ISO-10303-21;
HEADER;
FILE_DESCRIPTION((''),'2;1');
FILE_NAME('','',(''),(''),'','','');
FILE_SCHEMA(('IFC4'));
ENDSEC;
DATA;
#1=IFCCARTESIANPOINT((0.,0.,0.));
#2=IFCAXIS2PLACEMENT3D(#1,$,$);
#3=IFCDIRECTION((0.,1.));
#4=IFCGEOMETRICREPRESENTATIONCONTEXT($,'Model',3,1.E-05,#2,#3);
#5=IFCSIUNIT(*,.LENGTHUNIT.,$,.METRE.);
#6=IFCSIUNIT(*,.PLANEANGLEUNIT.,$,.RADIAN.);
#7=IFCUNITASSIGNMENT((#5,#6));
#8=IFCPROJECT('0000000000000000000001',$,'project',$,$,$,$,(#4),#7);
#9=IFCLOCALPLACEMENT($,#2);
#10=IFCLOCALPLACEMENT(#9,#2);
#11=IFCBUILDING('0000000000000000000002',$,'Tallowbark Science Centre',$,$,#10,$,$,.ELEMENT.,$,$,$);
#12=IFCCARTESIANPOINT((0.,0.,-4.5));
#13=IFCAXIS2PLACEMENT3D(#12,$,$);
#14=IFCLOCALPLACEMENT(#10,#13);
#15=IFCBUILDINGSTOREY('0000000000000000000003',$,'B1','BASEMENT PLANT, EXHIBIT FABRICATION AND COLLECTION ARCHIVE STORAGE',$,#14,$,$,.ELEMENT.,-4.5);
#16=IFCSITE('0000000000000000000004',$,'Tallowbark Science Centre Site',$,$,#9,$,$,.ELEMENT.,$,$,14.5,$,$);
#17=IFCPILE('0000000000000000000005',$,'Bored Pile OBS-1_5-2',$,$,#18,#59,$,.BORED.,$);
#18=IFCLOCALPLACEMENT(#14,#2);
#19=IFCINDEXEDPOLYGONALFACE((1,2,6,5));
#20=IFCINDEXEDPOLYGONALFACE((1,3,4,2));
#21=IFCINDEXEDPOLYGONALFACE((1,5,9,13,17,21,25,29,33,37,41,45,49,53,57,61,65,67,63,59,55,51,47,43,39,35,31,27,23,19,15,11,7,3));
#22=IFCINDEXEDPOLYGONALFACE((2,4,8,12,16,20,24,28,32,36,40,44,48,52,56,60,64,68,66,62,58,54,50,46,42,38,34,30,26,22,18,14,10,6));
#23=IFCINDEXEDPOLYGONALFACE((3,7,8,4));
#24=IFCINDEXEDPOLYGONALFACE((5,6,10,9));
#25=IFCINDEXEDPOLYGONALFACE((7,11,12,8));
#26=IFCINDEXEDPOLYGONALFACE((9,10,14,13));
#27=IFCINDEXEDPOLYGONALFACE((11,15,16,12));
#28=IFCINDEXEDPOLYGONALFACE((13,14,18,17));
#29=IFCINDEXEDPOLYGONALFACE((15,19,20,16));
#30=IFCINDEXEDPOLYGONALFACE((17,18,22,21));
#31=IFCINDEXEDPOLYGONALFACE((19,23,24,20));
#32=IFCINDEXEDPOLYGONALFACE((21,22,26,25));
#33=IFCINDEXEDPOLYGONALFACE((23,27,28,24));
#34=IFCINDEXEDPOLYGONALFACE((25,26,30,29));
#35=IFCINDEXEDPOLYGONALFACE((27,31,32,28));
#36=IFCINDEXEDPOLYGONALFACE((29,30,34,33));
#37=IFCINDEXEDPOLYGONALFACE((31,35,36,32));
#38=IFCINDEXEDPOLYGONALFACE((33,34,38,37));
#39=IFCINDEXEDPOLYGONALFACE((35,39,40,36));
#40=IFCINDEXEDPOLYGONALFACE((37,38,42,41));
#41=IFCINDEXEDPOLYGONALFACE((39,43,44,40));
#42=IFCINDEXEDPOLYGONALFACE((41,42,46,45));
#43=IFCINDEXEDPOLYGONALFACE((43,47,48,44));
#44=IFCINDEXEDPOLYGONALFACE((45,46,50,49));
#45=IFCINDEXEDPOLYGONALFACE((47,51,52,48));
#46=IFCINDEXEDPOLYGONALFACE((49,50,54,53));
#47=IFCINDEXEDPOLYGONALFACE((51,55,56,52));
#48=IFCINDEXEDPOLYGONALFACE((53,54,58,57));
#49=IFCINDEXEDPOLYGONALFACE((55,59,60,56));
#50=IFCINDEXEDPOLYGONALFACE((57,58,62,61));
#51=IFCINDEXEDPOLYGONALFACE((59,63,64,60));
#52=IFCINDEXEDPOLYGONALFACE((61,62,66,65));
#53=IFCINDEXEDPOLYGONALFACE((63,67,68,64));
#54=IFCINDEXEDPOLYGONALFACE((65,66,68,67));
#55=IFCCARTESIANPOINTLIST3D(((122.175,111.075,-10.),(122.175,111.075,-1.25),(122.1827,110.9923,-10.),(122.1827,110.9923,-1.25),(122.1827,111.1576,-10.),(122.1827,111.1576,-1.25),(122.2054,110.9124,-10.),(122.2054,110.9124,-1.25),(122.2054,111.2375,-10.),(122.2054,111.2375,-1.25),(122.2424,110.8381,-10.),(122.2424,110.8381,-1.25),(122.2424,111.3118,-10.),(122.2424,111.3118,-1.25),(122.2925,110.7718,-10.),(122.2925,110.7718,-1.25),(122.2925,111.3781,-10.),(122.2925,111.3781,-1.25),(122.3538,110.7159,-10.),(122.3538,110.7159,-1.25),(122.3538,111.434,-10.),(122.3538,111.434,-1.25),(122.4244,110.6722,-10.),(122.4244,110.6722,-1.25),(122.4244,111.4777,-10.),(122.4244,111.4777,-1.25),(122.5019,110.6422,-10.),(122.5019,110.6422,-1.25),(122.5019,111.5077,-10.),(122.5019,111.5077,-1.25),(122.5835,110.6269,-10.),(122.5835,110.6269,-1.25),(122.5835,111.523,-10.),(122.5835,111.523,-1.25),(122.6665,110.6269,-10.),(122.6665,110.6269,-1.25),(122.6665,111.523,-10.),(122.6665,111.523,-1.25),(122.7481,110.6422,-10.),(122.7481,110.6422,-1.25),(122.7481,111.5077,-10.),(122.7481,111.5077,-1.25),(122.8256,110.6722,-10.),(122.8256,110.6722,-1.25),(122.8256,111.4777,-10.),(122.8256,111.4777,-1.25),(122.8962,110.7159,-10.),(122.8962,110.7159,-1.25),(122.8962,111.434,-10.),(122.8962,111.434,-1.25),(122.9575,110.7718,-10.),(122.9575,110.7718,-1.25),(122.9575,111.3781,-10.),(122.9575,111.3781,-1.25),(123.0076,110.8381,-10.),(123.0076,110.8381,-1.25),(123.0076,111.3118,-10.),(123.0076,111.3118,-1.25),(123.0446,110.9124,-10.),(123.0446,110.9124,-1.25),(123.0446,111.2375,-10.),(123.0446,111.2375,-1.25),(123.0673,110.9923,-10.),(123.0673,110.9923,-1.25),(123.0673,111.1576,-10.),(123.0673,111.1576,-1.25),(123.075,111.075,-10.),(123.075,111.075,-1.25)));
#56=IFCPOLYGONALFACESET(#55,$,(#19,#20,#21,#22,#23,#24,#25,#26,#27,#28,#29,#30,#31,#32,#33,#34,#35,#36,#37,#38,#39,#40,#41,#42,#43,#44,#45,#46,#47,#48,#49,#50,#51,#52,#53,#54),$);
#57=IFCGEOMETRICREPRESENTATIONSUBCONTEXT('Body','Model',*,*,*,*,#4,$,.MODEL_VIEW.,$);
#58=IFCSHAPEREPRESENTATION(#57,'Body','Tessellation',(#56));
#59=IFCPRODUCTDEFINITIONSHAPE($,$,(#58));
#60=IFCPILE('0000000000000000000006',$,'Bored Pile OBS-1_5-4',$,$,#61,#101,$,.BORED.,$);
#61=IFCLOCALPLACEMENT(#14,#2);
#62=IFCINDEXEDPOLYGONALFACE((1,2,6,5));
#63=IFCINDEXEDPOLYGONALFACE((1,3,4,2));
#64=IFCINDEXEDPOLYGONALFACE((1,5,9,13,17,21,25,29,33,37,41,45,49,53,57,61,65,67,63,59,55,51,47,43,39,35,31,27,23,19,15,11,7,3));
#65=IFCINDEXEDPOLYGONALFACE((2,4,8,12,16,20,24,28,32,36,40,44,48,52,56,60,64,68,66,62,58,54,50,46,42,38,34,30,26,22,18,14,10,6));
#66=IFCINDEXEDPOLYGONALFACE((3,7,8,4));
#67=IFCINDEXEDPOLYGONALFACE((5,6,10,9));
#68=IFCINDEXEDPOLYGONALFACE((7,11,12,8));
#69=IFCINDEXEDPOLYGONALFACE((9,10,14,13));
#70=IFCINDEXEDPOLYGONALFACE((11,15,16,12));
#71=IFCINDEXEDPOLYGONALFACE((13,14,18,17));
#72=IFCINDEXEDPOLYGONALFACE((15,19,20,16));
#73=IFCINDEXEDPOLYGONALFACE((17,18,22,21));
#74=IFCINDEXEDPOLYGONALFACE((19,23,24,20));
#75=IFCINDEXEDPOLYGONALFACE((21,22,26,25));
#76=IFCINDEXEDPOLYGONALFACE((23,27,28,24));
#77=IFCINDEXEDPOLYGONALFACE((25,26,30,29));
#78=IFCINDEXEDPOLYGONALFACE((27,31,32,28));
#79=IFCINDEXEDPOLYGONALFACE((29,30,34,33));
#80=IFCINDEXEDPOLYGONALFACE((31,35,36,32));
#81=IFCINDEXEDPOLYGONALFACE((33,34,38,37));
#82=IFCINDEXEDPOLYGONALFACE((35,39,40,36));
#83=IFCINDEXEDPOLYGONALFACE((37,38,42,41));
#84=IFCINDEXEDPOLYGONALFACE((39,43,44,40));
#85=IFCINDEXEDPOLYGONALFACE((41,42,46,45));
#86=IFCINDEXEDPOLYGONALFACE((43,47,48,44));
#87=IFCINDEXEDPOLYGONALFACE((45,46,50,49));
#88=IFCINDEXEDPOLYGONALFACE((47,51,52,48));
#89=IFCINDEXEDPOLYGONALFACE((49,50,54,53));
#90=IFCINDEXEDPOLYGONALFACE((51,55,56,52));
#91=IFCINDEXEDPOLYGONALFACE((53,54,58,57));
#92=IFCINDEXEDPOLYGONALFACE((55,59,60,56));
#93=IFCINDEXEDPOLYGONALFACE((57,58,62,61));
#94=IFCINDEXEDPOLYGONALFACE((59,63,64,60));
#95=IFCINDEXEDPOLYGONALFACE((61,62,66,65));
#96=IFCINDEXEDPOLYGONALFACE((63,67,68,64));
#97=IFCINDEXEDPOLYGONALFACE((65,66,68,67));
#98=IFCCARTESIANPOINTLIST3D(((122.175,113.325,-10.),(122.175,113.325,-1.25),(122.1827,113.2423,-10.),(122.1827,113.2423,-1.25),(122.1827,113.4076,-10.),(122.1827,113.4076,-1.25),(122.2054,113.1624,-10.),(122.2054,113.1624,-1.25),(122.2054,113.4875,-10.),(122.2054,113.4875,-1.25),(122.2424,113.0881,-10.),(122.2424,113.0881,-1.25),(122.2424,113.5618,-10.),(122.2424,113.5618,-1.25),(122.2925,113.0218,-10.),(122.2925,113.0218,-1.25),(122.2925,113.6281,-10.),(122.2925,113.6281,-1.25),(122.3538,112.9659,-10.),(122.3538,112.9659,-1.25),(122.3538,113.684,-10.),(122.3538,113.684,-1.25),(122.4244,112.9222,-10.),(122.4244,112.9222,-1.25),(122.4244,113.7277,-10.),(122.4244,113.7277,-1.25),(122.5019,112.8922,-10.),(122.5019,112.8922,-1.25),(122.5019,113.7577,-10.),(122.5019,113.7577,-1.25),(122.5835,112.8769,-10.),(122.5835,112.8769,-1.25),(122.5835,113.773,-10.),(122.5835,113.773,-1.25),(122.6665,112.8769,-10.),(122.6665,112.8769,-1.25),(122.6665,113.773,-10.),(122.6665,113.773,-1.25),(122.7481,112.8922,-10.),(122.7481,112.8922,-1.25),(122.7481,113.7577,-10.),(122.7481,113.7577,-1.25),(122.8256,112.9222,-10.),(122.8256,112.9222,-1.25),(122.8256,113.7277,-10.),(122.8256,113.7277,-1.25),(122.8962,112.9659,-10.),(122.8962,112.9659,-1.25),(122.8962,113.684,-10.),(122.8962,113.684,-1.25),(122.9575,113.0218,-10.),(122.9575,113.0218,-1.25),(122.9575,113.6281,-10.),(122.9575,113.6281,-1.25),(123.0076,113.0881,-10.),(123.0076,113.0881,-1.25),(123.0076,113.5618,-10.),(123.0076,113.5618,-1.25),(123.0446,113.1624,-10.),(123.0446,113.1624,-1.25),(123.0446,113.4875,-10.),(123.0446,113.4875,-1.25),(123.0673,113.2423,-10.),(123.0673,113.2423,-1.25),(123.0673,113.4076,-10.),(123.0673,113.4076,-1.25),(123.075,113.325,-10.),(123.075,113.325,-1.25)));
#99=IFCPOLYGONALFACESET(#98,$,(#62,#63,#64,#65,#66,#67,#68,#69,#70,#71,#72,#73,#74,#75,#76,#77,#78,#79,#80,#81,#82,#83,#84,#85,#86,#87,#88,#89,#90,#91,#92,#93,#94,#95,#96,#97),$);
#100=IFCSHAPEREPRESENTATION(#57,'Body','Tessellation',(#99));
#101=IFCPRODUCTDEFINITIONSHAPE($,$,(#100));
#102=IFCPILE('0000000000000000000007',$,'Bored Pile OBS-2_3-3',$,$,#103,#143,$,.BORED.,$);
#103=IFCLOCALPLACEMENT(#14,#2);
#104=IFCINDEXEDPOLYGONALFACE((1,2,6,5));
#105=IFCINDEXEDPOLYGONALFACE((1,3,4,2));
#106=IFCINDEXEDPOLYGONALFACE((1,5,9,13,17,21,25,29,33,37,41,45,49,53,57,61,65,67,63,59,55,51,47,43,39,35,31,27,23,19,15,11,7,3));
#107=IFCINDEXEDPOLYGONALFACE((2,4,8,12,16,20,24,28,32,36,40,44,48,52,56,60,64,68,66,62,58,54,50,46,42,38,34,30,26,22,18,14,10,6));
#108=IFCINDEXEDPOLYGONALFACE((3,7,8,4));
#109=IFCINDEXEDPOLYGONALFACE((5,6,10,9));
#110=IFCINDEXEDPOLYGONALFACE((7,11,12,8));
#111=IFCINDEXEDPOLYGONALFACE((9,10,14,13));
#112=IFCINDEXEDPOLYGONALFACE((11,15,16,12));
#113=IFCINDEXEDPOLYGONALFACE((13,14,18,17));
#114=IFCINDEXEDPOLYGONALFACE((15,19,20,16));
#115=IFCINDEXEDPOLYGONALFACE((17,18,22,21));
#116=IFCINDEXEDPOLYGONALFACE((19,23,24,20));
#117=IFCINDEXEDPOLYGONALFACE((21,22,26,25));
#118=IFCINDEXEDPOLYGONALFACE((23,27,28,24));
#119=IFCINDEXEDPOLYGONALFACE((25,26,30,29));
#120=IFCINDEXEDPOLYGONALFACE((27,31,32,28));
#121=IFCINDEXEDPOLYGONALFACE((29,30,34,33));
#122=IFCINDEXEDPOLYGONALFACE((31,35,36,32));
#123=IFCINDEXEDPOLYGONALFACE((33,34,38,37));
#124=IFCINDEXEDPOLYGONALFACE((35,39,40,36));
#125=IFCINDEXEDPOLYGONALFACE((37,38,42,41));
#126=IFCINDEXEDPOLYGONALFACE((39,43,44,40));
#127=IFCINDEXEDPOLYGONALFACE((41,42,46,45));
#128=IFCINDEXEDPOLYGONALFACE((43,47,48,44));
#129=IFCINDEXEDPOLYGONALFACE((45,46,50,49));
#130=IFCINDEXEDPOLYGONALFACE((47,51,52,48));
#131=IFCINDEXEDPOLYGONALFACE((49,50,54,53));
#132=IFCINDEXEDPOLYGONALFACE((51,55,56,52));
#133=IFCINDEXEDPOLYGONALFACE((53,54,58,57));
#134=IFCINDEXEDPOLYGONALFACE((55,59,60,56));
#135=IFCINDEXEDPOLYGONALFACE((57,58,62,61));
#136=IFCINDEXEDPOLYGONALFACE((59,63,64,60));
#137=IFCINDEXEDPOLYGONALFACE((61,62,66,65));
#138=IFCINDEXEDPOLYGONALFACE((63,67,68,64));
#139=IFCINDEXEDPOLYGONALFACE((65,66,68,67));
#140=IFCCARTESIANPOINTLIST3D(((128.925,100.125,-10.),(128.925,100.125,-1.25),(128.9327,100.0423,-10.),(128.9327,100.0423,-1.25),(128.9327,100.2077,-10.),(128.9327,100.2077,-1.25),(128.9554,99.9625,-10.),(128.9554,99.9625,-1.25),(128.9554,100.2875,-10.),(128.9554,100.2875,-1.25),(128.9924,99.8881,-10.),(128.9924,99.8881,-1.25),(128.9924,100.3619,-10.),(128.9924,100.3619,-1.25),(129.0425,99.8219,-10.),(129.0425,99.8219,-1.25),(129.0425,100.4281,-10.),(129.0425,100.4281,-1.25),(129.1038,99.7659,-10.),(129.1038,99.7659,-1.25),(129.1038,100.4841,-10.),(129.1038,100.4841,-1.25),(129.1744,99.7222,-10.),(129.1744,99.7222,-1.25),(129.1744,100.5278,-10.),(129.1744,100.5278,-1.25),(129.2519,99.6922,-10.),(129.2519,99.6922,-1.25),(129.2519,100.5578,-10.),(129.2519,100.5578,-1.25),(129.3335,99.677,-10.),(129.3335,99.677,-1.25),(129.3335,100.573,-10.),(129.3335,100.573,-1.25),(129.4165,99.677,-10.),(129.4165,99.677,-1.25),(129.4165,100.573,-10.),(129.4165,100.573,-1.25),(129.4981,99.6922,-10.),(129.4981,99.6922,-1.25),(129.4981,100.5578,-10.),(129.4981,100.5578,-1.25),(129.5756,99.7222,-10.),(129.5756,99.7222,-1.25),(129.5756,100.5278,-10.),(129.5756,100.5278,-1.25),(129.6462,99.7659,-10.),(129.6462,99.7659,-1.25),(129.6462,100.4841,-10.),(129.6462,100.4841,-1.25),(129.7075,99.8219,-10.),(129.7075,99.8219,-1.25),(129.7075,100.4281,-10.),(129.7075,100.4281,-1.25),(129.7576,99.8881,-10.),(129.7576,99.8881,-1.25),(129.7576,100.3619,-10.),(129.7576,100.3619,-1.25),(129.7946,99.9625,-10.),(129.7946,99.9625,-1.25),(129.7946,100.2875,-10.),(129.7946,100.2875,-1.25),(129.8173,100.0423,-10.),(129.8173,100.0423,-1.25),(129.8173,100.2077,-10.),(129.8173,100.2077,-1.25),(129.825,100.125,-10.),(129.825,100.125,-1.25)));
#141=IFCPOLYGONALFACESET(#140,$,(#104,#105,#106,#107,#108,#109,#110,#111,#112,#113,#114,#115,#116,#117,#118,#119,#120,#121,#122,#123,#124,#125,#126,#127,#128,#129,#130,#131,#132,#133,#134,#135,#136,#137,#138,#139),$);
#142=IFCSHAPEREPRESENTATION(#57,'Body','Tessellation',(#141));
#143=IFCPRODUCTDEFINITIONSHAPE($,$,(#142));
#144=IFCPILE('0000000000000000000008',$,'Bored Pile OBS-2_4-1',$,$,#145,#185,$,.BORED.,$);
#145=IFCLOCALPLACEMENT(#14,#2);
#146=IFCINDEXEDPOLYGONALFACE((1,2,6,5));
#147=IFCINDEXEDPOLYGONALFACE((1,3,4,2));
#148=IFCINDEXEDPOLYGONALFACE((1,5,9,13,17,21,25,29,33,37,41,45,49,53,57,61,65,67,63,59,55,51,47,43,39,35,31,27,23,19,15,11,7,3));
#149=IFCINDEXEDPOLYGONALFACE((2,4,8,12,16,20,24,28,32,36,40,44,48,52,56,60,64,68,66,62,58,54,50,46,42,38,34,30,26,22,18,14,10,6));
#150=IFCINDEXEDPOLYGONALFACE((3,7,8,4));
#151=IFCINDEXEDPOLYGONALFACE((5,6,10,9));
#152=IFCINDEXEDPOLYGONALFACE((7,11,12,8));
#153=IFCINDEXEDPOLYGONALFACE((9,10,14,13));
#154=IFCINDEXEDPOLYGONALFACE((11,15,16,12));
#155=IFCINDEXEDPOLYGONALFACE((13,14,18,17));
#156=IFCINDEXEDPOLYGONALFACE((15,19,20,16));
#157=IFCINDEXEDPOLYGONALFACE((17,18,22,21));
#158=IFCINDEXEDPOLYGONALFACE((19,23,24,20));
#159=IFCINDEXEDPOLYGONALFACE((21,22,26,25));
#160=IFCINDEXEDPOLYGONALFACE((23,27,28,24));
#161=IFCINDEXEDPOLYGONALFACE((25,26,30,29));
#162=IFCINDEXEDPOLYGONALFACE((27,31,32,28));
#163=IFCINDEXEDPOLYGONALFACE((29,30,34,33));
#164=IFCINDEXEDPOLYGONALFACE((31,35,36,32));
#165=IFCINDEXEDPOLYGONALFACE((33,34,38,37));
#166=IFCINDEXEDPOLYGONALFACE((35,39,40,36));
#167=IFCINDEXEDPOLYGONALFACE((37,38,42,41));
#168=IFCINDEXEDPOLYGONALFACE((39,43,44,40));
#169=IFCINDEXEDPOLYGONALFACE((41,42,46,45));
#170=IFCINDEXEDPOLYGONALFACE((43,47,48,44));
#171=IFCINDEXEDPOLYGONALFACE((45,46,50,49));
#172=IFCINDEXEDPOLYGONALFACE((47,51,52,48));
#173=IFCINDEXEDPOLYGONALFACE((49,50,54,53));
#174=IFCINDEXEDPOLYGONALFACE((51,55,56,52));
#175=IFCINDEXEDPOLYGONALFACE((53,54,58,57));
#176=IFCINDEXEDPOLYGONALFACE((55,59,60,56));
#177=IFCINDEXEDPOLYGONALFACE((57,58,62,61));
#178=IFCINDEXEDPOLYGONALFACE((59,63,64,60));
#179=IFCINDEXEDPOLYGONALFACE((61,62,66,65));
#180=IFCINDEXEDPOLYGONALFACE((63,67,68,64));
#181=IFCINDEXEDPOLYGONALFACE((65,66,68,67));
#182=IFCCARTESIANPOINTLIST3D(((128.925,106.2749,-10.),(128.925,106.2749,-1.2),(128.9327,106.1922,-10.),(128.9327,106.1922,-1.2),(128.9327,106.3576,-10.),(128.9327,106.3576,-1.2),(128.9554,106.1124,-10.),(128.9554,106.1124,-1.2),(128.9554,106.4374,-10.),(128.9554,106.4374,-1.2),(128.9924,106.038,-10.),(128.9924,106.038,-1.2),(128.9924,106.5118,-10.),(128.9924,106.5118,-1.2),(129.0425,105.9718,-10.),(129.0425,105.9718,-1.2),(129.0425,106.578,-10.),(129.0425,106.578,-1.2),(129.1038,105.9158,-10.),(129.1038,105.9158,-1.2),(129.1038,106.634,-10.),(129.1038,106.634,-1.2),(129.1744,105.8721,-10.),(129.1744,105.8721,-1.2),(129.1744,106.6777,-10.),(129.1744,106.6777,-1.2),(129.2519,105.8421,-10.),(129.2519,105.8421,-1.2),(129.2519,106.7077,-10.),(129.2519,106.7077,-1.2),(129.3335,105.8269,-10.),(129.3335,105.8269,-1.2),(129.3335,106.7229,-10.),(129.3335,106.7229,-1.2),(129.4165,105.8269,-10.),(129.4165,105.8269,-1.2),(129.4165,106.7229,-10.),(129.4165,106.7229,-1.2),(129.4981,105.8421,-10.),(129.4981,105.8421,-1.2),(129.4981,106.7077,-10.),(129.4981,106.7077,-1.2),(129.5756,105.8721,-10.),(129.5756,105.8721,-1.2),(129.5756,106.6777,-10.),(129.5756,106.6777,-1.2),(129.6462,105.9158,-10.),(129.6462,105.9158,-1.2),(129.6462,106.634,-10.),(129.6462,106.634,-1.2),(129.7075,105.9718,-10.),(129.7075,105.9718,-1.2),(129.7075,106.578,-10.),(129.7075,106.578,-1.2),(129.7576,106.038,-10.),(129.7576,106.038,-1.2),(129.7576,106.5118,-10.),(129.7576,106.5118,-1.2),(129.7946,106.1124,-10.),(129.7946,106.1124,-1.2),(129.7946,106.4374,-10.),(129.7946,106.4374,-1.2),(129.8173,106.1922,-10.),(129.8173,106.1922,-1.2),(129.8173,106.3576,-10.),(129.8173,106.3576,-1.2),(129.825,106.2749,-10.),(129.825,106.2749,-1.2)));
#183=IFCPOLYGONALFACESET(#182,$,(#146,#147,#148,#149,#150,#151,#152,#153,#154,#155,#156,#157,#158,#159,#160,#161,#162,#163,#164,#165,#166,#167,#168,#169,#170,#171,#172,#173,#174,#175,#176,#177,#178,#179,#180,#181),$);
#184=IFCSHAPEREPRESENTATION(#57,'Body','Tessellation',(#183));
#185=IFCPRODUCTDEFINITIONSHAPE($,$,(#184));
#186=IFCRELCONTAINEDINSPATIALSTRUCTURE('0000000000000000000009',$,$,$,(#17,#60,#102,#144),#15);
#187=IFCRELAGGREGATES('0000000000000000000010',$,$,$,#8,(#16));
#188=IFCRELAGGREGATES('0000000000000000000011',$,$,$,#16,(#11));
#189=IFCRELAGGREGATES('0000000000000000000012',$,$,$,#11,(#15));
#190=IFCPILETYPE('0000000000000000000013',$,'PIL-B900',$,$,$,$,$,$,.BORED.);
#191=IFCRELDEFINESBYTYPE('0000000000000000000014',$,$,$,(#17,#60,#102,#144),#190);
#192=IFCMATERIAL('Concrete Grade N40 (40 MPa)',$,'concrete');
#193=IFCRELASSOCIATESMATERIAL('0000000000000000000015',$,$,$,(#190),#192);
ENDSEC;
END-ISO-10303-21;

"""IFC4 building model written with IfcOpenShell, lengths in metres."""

from ifc_helpers import new_model, si_unit, direction, frame, origin, origin_2d, place, context, subcontext, project, spatial, circle, extrude, material, material_profile, profile_set, type_object, element, save


model = new_model("IFC4")

# Units and contexts
model_context = context("Model", 3, precision=1e-05, world=origin(), true_north=direction((0.0, 1.0)))
body_context = subcontext(model_context, "Body", "Model", "MODEL_VIEW")
ifc_project = project(units=[si_unit("LENGTHUNIT", "METRE"), si_unit("PLANEANGLEUNIT", "RADIAN")], contexts=[model_context])

# Site, building, storey
site_placement = place(None, origin())
site = spatial("IfcSite", under=ifc_project, at=site_placement, Name="Tallowbark Science Centre Site", CompositionType="ELEMENT", RefElevation=14.5)
building_placement = place(site_placement, origin())
building = spatial("IfcBuilding", under=site, at=building_placement, Name="Tallowbark Science Centre", CompositionType="ELEMENT")
storey_placement = place(building_placement, frame((0.0, 0.0, -4.5)))
storey = spatial("IfcBuildingStorey", under=building, at=storey_placement, Name="B1", Description="BASEMENT PLANT, EXHIBIT FABRICATION AND COLLECTION ARCHIVE STORAGE", CompositionType="ELEMENT", Elevation=-4.5)

# Shared definitions
ifc_material_1 = material(Name="Concrete Grade N40 (40 MPa)", Category="concrete")

# Piles
ifc_material_profile_1 = material_profile(ifc_material_1, circle(Radius=0.45, at=origin_2d()), Name="PILE900")
ifc_profile_set_1 = profile_set([ifc_material_profile_1], Name="Concrete Grade N40 (40 MPa)")
pile_type_1 = type_object("IfcPileType", Name="PIL-B900", PredefinedType="BORED", material=ifc_profile_set_1)
for number, where, z_axis, x_axis, name in (
    (1, (122.625, 111.075, -1.25), (0.0, 0.0, -1.0), (1.0, 0.0, 0.0), "Bored Pile OBS-1_5-2"),
    (2, (122.625, 113.325, -1.25), (0.0, 0.0, -1.0), (1.0, 0.0, 0.0), "Bored Pile OBS-1_5-4"),
    (3, (129.375, 100.125, -1.25), (0.0, 0.0, -1.0), (1.0, 0.0, 0.0), "Bored Pile OBS-2_3-3"),
):
    element("IfcPile", number, at=place(storey_placement, frame(where, z_axis=z_axis, x_axis=x_axis)), inside=storey, type_object=pile_type_1, Name=name, PredefinedType="BORED", context=body_context, shape_type="SweptSolid", body=[
        extrude(circle(Radius=0.45, at=origin_2d()), origin(), (0.0, 0.0, 1.0), 8.75),
    ])
for number, where, z_axis, x_axis, name in (
    (4, (129.375, 106.2749, -1.2), (0.0, 0.0, -1.0), (1.0, 0.0, 0.0), "Bored Pile OBS-2_4-1"),
):
    element("IfcPile", number, at=place(storey_placement, frame(where, z_axis=z_axis, x_axis=x_axis)), inside=storey, type_object=pile_type_1, Name=name, PredefinedType="BORED", context=body_context, shape_type="SweptSolid", body=[
        extrude(circle(Radius=0.45, at=origin_2d()), origin(), (0.0, 0.0, 1.0), 8.8),
    ])

save(model, "model.ifc")
